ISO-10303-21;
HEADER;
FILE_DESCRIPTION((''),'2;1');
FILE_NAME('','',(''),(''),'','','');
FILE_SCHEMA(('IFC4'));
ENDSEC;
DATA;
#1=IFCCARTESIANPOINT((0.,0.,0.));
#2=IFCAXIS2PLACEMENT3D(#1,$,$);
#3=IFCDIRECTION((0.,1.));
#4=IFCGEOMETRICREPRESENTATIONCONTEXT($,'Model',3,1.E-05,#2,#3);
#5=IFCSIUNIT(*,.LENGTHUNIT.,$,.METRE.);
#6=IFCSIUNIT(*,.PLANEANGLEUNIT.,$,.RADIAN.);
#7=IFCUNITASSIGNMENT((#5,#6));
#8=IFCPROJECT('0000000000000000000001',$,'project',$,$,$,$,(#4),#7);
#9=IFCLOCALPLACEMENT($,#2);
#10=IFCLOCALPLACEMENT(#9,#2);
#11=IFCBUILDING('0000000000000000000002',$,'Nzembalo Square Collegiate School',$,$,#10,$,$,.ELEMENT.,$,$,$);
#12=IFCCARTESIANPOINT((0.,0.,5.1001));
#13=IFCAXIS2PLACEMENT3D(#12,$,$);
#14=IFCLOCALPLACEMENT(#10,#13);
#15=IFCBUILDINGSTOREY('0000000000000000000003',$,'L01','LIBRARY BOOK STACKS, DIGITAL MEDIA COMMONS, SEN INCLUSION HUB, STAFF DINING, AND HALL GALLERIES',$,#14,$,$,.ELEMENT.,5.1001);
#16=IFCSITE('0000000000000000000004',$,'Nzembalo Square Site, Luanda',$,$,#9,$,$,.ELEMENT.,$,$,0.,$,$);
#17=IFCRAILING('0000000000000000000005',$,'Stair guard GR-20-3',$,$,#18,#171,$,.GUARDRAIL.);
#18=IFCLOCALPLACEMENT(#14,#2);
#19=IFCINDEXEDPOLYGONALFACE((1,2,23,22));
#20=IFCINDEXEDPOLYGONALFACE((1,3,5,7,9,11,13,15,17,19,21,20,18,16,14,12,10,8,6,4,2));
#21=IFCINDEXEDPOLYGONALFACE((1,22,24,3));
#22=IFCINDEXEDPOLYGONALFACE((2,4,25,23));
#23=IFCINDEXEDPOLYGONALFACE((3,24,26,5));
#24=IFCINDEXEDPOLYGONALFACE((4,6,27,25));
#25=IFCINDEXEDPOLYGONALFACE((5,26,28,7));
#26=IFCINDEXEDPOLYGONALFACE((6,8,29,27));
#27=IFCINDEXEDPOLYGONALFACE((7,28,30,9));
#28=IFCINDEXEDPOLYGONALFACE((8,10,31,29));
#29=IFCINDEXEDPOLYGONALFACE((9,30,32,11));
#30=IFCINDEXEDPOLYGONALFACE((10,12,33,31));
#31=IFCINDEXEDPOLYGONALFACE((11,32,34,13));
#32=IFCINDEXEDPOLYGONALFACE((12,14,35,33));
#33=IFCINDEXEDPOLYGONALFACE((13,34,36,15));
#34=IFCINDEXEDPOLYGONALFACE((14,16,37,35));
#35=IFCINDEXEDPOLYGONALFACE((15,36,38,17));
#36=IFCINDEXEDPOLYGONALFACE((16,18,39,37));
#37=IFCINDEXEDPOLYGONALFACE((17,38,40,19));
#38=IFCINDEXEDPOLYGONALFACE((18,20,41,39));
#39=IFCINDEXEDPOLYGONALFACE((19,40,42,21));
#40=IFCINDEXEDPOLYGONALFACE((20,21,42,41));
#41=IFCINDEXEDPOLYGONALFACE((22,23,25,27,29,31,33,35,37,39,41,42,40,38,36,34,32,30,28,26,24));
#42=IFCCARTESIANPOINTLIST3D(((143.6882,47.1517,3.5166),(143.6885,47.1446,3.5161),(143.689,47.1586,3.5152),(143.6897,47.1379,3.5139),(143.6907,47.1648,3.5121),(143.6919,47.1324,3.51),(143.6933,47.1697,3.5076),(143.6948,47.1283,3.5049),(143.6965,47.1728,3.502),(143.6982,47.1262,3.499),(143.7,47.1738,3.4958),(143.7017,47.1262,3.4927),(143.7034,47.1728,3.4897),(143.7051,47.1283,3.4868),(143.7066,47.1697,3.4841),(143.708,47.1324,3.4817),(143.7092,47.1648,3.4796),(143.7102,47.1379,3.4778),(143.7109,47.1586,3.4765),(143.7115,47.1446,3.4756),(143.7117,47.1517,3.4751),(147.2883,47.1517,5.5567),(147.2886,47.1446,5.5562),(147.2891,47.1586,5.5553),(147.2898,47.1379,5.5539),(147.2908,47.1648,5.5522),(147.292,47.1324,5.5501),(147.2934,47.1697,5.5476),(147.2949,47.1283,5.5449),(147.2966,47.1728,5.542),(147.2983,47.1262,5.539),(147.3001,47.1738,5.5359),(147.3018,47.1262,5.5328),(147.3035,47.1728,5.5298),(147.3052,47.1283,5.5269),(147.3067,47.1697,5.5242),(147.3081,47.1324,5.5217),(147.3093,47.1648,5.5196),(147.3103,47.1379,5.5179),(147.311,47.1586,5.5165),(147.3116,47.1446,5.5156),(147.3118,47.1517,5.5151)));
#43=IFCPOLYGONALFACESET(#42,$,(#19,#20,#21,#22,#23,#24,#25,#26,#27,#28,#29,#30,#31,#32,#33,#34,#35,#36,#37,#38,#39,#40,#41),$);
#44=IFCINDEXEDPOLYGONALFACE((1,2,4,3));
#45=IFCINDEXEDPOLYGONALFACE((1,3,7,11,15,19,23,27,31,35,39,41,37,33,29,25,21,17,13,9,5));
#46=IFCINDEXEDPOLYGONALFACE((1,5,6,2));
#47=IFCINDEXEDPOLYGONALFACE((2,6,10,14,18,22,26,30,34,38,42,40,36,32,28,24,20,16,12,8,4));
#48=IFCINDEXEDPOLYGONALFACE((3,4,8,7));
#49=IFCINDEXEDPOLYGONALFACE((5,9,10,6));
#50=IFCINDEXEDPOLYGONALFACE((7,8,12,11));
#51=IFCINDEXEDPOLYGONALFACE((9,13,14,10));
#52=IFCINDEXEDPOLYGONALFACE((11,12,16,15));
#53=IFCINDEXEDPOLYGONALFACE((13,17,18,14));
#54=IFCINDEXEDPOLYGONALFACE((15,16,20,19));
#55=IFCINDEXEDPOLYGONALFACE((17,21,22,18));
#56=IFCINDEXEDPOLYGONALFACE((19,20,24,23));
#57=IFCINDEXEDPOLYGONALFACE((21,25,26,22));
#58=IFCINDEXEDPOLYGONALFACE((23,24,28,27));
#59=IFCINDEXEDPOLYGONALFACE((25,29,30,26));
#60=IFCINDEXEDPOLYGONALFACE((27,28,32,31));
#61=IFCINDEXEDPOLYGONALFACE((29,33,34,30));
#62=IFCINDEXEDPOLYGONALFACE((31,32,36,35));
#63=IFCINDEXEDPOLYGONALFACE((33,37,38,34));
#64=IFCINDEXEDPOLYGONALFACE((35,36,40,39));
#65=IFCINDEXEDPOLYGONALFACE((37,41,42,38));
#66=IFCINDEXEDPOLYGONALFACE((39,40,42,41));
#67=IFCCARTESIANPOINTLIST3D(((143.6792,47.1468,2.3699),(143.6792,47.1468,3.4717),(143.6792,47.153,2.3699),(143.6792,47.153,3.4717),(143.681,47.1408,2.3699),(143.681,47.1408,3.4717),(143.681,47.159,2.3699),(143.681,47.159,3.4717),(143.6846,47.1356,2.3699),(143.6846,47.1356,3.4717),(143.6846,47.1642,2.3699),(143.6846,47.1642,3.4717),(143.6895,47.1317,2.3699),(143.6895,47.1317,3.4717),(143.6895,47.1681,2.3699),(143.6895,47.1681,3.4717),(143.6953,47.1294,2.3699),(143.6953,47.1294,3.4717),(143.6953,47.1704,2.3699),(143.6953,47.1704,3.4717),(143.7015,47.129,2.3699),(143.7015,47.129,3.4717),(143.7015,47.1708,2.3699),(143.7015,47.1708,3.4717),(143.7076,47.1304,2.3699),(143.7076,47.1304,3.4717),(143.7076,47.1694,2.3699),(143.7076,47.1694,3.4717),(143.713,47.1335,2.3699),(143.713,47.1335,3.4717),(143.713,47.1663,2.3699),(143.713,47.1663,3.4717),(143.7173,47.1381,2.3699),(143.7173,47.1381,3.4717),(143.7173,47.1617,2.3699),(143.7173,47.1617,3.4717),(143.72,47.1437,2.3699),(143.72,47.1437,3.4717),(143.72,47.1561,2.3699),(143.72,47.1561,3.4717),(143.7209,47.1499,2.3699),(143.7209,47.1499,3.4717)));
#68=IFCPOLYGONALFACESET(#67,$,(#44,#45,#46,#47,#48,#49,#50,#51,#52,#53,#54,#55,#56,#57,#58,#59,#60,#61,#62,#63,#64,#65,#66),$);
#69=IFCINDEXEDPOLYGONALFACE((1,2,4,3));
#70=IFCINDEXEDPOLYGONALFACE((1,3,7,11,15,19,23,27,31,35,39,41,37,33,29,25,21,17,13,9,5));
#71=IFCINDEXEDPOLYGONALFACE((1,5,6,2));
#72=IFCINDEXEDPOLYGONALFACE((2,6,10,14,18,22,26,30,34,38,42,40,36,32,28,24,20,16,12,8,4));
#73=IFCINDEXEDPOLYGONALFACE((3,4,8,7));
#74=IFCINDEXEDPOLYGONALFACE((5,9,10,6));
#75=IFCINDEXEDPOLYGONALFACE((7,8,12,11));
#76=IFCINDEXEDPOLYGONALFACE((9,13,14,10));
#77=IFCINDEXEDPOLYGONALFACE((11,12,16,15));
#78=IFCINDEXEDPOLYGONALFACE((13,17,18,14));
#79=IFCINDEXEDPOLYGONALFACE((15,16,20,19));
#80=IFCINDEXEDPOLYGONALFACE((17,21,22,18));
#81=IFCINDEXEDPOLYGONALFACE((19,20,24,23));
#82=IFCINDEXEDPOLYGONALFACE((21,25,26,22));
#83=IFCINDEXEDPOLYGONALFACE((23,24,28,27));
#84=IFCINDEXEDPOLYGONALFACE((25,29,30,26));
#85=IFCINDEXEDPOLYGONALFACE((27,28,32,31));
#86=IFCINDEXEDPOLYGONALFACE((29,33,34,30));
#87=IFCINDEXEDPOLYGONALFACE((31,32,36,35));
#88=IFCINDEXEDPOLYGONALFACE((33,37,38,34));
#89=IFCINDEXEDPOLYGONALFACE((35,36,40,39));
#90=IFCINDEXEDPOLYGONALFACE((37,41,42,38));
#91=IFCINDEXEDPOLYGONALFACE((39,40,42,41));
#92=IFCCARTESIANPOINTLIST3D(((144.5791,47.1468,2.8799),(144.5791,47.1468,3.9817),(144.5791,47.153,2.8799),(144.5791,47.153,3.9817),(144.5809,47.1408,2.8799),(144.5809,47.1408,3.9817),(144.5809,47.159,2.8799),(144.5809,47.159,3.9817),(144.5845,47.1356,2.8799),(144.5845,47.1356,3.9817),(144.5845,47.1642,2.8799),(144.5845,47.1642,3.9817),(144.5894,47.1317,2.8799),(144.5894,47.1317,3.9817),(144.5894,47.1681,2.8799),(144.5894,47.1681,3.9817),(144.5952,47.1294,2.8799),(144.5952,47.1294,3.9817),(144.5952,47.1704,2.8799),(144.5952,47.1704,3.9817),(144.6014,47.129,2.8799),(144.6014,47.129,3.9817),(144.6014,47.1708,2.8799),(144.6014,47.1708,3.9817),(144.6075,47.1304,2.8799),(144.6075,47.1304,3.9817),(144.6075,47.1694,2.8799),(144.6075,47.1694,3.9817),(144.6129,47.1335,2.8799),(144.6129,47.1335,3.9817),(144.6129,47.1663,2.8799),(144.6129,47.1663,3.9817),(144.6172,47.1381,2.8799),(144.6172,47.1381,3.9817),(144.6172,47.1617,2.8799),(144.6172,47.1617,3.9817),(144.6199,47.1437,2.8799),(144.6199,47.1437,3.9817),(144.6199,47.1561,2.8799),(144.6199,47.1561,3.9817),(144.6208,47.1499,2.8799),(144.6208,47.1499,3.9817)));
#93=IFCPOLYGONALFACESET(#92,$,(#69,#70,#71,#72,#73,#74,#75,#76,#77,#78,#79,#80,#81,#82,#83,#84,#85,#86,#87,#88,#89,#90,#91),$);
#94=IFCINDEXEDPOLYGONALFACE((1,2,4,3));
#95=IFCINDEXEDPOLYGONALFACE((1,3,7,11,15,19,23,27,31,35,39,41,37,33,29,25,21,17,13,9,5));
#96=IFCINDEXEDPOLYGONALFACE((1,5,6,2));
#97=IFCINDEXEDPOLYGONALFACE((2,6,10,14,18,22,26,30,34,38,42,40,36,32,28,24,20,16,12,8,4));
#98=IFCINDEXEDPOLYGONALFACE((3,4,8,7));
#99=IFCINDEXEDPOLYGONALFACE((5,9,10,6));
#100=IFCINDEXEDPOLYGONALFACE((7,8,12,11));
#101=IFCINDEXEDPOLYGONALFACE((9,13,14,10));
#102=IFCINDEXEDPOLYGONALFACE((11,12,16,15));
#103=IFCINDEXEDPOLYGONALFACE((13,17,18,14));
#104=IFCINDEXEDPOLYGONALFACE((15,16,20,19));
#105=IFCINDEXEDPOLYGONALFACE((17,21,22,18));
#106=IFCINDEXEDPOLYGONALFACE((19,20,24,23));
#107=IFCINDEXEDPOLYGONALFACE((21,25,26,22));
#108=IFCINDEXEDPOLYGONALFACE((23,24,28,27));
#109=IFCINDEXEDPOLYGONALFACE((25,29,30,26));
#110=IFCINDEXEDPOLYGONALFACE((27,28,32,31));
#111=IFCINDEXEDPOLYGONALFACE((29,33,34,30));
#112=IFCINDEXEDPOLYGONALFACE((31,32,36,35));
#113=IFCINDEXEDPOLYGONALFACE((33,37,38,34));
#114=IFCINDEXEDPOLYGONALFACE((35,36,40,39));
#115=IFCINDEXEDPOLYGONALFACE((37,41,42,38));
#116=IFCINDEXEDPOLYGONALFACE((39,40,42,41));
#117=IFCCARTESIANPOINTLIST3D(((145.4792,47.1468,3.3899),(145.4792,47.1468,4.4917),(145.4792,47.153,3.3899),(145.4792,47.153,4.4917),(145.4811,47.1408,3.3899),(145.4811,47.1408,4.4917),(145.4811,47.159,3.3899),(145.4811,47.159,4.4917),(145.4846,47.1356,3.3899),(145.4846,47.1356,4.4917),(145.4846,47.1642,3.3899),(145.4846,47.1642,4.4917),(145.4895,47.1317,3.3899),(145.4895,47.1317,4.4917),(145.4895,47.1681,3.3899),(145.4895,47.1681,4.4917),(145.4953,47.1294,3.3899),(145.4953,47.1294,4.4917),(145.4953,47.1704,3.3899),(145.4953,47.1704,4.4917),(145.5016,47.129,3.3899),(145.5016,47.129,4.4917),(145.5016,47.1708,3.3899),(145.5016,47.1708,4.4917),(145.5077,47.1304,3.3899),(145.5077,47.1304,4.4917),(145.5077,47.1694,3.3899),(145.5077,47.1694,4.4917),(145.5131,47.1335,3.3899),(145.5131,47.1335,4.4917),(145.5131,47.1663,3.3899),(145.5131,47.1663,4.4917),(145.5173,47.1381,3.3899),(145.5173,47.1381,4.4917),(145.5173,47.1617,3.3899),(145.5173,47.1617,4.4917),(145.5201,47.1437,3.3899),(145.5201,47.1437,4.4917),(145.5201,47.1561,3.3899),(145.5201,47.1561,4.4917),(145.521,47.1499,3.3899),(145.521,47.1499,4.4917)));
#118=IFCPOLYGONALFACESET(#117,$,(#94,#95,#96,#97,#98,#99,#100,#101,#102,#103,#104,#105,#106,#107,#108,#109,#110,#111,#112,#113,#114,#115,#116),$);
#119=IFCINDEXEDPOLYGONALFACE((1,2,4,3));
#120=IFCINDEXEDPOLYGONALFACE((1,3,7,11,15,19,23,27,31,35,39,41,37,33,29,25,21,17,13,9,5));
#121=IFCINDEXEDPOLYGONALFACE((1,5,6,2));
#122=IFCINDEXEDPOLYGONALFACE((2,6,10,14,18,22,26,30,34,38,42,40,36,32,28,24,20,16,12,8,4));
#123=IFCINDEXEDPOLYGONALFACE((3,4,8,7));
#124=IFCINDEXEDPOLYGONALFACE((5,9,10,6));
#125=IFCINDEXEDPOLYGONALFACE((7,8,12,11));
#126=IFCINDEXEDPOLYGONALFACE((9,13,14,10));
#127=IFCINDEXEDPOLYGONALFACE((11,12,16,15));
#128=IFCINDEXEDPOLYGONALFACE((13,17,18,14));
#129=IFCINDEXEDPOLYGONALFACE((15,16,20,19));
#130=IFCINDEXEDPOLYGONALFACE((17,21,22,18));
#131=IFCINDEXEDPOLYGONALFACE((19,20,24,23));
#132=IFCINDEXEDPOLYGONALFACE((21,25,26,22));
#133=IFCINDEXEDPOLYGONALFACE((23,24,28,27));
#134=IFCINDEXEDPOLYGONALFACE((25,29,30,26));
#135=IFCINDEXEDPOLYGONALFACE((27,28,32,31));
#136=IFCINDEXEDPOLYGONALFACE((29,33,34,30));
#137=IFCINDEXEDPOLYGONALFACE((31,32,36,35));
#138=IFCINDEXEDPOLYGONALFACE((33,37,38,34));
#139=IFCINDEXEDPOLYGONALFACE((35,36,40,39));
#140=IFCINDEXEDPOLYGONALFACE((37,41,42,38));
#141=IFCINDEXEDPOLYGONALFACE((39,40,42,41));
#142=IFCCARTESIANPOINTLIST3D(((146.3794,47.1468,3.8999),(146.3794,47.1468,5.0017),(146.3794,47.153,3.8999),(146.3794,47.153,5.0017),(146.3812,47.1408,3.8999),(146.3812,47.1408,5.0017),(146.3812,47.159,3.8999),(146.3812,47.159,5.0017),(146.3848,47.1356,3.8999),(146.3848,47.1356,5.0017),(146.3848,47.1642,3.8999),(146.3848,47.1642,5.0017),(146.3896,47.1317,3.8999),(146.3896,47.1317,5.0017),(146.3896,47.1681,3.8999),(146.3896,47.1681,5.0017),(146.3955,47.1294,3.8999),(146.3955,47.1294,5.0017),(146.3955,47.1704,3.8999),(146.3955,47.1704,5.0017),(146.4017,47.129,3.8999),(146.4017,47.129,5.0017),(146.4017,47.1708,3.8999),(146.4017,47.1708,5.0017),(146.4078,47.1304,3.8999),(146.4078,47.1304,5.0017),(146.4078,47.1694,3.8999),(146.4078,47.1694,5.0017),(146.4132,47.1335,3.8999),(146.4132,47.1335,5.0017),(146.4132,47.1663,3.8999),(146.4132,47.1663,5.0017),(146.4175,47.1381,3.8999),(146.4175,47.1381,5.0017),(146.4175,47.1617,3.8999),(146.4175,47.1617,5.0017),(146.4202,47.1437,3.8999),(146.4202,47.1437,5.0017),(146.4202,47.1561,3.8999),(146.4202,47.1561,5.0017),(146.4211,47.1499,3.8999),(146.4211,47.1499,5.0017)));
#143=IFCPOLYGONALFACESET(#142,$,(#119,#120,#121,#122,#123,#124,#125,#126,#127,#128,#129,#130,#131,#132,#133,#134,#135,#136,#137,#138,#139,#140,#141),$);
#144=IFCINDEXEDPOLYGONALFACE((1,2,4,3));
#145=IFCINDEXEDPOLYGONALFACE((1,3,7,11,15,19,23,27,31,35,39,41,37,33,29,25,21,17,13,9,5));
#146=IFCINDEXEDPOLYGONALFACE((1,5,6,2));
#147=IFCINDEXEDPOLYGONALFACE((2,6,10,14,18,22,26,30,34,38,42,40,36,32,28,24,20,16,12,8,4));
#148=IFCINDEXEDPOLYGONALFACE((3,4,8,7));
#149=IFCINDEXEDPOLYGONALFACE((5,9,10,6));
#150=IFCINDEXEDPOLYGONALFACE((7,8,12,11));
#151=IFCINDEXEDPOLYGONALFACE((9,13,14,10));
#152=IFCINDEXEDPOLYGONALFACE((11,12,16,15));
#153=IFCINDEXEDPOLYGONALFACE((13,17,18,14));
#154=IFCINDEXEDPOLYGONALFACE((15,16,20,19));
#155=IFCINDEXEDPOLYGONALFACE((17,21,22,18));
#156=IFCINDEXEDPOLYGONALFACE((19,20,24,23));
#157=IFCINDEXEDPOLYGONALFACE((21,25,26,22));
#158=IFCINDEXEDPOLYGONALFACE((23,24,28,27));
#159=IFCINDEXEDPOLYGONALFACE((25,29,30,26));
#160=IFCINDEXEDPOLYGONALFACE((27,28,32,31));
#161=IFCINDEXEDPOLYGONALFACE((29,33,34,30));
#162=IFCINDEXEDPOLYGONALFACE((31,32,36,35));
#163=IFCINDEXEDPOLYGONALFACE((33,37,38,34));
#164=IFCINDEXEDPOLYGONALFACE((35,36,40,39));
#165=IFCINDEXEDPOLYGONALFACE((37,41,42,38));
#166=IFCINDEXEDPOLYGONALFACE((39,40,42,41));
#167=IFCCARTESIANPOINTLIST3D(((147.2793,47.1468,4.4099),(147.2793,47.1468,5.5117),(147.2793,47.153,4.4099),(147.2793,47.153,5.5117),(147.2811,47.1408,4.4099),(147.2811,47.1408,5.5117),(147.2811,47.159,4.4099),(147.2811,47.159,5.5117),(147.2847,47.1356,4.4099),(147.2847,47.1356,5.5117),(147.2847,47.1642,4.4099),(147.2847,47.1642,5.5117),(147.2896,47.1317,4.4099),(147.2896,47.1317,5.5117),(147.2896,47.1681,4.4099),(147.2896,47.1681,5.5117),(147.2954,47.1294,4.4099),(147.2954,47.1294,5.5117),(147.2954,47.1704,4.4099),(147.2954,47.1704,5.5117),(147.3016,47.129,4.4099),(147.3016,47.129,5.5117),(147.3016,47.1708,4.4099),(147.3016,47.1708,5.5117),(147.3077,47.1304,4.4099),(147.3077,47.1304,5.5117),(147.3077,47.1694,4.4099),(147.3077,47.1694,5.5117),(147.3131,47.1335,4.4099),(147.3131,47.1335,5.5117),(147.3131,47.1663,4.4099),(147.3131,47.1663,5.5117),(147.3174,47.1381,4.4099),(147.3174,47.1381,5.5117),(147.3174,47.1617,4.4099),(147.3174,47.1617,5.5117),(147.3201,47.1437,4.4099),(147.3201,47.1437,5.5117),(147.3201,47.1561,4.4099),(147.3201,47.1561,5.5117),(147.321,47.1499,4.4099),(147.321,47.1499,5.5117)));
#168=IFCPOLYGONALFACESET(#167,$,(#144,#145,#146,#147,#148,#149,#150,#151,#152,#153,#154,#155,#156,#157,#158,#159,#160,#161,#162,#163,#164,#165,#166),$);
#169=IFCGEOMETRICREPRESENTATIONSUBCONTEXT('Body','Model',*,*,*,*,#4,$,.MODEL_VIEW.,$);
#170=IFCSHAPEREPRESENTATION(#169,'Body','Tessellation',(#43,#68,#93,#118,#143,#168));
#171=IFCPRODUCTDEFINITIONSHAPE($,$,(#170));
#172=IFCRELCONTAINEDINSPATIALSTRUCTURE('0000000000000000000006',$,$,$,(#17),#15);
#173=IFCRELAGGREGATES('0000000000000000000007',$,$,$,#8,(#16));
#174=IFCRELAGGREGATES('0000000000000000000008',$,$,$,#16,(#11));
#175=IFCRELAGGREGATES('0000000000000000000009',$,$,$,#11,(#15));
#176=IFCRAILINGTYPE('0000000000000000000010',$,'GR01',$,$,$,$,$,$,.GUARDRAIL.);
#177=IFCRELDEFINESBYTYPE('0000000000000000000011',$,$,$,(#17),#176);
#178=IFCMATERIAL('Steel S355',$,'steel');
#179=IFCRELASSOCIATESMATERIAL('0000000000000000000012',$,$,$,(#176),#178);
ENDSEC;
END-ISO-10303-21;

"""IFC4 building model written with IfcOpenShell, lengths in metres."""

from ifc_helpers import new_model, si_unit, direction, frame, origin, origin_2d, place, context, subcontext, project, spatial, circle, extrude, material, type_object, element, save


model = new_model("IFC4")

# Units and contexts
model_context = context("Model", 3, precision=1e-05, world=origin(), true_north=direction((0.0, 1.0)))
body_context = subcontext(model_context, "Body", "Model", "MODEL_VIEW")
ifc_project = project(units=[si_unit("LENGTHUNIT", "METRE"), si_unit("PLANEANGLEUNIT", "RADIAN")], contexts=[model_context])

# Site, building, storey
site_placement = place(None, origin())
site = spatial("IfcSite", under=ifc_project, at=site_placement, Name="Nzembalo Square Site, Luanda", CompositionType="ELEMENT", RefElevation=0.0)
building_placement = place(site_placement, origin())
building = spatial("IfcBuilding", under=site, at=building_placement, Name="Nzembalo Square Collegiate School", CompositionType="ELEMENT")
storey_placement = place(building_placement, frame((0.0, 0.0, 5.1001)))
storey = spatial("IfcBuildingStorey", under=building, at=storey_placement, Name="L01", Description="LIBRARY BOOK STACKS, DIGITAL MEDIA COMMONS, SEN INCLUSION HUB, STAFF DINING, AND HALL GALLERIES", CompositionType="ELEMENT", Elevation=5.1001)

# Railing
ifc_material_1 = material(Name="Steel S355", Category="steel")
railing_type_1 = type_object("IfcRailingType", Name="GR01", PredefinedType="GUARDRAIL", material=ifc_material_1)
railing_1_placement = place(storey_placement, frame((143.7, 47.1499, 2.3699)))
element("IfcRailing", 1, at=railing_1_placement, inside=storey, type_object=railing_type_1, Name="Stair guard GR-20-3", PredefinedType="GUARDRAIL", context=body_context, shape_type="SweptSolid", body=[
    extrude(circle(Radius=0.0239, at=origin_2d()), frame((0.0, 0.0, 1.126), z_axis=(0.870024, 0.0, 0.49301), x_axis=(0.0, 1.0, 0.0)), (0.0, 0.0, 1.0), 4.1379),
    extrude(circle(Radius=0.021, at=origin_2d()), origin(), (0.0, 0.0, 1.0), 1.1018),
    extrude(circle(Radius=0.021, at=origin_2d()), frame((0.8999, 0.0, 0.51)), (0.0, 0.0, 1.0), 1.1018),
    extrude(circle(Radius=0.021, at=origin_2d()), frame((1.8, 0.0, 1.02)), (0.0, 0.0, 1.0), 1.1018),
    extrude(circle(Radius=0.021, at=origin_2d()), frame((2.7002, 0.0, 1.53)), (0.0, 0.0, 1.0), 1.1018),
    extrude(circle(Radius=0.021, at=origin_2d()), frame((3.6001, 0.0, 2.04)), (0.0, 0.0, 1.0), 1.1018),
])

save(model, "model.ifc")
